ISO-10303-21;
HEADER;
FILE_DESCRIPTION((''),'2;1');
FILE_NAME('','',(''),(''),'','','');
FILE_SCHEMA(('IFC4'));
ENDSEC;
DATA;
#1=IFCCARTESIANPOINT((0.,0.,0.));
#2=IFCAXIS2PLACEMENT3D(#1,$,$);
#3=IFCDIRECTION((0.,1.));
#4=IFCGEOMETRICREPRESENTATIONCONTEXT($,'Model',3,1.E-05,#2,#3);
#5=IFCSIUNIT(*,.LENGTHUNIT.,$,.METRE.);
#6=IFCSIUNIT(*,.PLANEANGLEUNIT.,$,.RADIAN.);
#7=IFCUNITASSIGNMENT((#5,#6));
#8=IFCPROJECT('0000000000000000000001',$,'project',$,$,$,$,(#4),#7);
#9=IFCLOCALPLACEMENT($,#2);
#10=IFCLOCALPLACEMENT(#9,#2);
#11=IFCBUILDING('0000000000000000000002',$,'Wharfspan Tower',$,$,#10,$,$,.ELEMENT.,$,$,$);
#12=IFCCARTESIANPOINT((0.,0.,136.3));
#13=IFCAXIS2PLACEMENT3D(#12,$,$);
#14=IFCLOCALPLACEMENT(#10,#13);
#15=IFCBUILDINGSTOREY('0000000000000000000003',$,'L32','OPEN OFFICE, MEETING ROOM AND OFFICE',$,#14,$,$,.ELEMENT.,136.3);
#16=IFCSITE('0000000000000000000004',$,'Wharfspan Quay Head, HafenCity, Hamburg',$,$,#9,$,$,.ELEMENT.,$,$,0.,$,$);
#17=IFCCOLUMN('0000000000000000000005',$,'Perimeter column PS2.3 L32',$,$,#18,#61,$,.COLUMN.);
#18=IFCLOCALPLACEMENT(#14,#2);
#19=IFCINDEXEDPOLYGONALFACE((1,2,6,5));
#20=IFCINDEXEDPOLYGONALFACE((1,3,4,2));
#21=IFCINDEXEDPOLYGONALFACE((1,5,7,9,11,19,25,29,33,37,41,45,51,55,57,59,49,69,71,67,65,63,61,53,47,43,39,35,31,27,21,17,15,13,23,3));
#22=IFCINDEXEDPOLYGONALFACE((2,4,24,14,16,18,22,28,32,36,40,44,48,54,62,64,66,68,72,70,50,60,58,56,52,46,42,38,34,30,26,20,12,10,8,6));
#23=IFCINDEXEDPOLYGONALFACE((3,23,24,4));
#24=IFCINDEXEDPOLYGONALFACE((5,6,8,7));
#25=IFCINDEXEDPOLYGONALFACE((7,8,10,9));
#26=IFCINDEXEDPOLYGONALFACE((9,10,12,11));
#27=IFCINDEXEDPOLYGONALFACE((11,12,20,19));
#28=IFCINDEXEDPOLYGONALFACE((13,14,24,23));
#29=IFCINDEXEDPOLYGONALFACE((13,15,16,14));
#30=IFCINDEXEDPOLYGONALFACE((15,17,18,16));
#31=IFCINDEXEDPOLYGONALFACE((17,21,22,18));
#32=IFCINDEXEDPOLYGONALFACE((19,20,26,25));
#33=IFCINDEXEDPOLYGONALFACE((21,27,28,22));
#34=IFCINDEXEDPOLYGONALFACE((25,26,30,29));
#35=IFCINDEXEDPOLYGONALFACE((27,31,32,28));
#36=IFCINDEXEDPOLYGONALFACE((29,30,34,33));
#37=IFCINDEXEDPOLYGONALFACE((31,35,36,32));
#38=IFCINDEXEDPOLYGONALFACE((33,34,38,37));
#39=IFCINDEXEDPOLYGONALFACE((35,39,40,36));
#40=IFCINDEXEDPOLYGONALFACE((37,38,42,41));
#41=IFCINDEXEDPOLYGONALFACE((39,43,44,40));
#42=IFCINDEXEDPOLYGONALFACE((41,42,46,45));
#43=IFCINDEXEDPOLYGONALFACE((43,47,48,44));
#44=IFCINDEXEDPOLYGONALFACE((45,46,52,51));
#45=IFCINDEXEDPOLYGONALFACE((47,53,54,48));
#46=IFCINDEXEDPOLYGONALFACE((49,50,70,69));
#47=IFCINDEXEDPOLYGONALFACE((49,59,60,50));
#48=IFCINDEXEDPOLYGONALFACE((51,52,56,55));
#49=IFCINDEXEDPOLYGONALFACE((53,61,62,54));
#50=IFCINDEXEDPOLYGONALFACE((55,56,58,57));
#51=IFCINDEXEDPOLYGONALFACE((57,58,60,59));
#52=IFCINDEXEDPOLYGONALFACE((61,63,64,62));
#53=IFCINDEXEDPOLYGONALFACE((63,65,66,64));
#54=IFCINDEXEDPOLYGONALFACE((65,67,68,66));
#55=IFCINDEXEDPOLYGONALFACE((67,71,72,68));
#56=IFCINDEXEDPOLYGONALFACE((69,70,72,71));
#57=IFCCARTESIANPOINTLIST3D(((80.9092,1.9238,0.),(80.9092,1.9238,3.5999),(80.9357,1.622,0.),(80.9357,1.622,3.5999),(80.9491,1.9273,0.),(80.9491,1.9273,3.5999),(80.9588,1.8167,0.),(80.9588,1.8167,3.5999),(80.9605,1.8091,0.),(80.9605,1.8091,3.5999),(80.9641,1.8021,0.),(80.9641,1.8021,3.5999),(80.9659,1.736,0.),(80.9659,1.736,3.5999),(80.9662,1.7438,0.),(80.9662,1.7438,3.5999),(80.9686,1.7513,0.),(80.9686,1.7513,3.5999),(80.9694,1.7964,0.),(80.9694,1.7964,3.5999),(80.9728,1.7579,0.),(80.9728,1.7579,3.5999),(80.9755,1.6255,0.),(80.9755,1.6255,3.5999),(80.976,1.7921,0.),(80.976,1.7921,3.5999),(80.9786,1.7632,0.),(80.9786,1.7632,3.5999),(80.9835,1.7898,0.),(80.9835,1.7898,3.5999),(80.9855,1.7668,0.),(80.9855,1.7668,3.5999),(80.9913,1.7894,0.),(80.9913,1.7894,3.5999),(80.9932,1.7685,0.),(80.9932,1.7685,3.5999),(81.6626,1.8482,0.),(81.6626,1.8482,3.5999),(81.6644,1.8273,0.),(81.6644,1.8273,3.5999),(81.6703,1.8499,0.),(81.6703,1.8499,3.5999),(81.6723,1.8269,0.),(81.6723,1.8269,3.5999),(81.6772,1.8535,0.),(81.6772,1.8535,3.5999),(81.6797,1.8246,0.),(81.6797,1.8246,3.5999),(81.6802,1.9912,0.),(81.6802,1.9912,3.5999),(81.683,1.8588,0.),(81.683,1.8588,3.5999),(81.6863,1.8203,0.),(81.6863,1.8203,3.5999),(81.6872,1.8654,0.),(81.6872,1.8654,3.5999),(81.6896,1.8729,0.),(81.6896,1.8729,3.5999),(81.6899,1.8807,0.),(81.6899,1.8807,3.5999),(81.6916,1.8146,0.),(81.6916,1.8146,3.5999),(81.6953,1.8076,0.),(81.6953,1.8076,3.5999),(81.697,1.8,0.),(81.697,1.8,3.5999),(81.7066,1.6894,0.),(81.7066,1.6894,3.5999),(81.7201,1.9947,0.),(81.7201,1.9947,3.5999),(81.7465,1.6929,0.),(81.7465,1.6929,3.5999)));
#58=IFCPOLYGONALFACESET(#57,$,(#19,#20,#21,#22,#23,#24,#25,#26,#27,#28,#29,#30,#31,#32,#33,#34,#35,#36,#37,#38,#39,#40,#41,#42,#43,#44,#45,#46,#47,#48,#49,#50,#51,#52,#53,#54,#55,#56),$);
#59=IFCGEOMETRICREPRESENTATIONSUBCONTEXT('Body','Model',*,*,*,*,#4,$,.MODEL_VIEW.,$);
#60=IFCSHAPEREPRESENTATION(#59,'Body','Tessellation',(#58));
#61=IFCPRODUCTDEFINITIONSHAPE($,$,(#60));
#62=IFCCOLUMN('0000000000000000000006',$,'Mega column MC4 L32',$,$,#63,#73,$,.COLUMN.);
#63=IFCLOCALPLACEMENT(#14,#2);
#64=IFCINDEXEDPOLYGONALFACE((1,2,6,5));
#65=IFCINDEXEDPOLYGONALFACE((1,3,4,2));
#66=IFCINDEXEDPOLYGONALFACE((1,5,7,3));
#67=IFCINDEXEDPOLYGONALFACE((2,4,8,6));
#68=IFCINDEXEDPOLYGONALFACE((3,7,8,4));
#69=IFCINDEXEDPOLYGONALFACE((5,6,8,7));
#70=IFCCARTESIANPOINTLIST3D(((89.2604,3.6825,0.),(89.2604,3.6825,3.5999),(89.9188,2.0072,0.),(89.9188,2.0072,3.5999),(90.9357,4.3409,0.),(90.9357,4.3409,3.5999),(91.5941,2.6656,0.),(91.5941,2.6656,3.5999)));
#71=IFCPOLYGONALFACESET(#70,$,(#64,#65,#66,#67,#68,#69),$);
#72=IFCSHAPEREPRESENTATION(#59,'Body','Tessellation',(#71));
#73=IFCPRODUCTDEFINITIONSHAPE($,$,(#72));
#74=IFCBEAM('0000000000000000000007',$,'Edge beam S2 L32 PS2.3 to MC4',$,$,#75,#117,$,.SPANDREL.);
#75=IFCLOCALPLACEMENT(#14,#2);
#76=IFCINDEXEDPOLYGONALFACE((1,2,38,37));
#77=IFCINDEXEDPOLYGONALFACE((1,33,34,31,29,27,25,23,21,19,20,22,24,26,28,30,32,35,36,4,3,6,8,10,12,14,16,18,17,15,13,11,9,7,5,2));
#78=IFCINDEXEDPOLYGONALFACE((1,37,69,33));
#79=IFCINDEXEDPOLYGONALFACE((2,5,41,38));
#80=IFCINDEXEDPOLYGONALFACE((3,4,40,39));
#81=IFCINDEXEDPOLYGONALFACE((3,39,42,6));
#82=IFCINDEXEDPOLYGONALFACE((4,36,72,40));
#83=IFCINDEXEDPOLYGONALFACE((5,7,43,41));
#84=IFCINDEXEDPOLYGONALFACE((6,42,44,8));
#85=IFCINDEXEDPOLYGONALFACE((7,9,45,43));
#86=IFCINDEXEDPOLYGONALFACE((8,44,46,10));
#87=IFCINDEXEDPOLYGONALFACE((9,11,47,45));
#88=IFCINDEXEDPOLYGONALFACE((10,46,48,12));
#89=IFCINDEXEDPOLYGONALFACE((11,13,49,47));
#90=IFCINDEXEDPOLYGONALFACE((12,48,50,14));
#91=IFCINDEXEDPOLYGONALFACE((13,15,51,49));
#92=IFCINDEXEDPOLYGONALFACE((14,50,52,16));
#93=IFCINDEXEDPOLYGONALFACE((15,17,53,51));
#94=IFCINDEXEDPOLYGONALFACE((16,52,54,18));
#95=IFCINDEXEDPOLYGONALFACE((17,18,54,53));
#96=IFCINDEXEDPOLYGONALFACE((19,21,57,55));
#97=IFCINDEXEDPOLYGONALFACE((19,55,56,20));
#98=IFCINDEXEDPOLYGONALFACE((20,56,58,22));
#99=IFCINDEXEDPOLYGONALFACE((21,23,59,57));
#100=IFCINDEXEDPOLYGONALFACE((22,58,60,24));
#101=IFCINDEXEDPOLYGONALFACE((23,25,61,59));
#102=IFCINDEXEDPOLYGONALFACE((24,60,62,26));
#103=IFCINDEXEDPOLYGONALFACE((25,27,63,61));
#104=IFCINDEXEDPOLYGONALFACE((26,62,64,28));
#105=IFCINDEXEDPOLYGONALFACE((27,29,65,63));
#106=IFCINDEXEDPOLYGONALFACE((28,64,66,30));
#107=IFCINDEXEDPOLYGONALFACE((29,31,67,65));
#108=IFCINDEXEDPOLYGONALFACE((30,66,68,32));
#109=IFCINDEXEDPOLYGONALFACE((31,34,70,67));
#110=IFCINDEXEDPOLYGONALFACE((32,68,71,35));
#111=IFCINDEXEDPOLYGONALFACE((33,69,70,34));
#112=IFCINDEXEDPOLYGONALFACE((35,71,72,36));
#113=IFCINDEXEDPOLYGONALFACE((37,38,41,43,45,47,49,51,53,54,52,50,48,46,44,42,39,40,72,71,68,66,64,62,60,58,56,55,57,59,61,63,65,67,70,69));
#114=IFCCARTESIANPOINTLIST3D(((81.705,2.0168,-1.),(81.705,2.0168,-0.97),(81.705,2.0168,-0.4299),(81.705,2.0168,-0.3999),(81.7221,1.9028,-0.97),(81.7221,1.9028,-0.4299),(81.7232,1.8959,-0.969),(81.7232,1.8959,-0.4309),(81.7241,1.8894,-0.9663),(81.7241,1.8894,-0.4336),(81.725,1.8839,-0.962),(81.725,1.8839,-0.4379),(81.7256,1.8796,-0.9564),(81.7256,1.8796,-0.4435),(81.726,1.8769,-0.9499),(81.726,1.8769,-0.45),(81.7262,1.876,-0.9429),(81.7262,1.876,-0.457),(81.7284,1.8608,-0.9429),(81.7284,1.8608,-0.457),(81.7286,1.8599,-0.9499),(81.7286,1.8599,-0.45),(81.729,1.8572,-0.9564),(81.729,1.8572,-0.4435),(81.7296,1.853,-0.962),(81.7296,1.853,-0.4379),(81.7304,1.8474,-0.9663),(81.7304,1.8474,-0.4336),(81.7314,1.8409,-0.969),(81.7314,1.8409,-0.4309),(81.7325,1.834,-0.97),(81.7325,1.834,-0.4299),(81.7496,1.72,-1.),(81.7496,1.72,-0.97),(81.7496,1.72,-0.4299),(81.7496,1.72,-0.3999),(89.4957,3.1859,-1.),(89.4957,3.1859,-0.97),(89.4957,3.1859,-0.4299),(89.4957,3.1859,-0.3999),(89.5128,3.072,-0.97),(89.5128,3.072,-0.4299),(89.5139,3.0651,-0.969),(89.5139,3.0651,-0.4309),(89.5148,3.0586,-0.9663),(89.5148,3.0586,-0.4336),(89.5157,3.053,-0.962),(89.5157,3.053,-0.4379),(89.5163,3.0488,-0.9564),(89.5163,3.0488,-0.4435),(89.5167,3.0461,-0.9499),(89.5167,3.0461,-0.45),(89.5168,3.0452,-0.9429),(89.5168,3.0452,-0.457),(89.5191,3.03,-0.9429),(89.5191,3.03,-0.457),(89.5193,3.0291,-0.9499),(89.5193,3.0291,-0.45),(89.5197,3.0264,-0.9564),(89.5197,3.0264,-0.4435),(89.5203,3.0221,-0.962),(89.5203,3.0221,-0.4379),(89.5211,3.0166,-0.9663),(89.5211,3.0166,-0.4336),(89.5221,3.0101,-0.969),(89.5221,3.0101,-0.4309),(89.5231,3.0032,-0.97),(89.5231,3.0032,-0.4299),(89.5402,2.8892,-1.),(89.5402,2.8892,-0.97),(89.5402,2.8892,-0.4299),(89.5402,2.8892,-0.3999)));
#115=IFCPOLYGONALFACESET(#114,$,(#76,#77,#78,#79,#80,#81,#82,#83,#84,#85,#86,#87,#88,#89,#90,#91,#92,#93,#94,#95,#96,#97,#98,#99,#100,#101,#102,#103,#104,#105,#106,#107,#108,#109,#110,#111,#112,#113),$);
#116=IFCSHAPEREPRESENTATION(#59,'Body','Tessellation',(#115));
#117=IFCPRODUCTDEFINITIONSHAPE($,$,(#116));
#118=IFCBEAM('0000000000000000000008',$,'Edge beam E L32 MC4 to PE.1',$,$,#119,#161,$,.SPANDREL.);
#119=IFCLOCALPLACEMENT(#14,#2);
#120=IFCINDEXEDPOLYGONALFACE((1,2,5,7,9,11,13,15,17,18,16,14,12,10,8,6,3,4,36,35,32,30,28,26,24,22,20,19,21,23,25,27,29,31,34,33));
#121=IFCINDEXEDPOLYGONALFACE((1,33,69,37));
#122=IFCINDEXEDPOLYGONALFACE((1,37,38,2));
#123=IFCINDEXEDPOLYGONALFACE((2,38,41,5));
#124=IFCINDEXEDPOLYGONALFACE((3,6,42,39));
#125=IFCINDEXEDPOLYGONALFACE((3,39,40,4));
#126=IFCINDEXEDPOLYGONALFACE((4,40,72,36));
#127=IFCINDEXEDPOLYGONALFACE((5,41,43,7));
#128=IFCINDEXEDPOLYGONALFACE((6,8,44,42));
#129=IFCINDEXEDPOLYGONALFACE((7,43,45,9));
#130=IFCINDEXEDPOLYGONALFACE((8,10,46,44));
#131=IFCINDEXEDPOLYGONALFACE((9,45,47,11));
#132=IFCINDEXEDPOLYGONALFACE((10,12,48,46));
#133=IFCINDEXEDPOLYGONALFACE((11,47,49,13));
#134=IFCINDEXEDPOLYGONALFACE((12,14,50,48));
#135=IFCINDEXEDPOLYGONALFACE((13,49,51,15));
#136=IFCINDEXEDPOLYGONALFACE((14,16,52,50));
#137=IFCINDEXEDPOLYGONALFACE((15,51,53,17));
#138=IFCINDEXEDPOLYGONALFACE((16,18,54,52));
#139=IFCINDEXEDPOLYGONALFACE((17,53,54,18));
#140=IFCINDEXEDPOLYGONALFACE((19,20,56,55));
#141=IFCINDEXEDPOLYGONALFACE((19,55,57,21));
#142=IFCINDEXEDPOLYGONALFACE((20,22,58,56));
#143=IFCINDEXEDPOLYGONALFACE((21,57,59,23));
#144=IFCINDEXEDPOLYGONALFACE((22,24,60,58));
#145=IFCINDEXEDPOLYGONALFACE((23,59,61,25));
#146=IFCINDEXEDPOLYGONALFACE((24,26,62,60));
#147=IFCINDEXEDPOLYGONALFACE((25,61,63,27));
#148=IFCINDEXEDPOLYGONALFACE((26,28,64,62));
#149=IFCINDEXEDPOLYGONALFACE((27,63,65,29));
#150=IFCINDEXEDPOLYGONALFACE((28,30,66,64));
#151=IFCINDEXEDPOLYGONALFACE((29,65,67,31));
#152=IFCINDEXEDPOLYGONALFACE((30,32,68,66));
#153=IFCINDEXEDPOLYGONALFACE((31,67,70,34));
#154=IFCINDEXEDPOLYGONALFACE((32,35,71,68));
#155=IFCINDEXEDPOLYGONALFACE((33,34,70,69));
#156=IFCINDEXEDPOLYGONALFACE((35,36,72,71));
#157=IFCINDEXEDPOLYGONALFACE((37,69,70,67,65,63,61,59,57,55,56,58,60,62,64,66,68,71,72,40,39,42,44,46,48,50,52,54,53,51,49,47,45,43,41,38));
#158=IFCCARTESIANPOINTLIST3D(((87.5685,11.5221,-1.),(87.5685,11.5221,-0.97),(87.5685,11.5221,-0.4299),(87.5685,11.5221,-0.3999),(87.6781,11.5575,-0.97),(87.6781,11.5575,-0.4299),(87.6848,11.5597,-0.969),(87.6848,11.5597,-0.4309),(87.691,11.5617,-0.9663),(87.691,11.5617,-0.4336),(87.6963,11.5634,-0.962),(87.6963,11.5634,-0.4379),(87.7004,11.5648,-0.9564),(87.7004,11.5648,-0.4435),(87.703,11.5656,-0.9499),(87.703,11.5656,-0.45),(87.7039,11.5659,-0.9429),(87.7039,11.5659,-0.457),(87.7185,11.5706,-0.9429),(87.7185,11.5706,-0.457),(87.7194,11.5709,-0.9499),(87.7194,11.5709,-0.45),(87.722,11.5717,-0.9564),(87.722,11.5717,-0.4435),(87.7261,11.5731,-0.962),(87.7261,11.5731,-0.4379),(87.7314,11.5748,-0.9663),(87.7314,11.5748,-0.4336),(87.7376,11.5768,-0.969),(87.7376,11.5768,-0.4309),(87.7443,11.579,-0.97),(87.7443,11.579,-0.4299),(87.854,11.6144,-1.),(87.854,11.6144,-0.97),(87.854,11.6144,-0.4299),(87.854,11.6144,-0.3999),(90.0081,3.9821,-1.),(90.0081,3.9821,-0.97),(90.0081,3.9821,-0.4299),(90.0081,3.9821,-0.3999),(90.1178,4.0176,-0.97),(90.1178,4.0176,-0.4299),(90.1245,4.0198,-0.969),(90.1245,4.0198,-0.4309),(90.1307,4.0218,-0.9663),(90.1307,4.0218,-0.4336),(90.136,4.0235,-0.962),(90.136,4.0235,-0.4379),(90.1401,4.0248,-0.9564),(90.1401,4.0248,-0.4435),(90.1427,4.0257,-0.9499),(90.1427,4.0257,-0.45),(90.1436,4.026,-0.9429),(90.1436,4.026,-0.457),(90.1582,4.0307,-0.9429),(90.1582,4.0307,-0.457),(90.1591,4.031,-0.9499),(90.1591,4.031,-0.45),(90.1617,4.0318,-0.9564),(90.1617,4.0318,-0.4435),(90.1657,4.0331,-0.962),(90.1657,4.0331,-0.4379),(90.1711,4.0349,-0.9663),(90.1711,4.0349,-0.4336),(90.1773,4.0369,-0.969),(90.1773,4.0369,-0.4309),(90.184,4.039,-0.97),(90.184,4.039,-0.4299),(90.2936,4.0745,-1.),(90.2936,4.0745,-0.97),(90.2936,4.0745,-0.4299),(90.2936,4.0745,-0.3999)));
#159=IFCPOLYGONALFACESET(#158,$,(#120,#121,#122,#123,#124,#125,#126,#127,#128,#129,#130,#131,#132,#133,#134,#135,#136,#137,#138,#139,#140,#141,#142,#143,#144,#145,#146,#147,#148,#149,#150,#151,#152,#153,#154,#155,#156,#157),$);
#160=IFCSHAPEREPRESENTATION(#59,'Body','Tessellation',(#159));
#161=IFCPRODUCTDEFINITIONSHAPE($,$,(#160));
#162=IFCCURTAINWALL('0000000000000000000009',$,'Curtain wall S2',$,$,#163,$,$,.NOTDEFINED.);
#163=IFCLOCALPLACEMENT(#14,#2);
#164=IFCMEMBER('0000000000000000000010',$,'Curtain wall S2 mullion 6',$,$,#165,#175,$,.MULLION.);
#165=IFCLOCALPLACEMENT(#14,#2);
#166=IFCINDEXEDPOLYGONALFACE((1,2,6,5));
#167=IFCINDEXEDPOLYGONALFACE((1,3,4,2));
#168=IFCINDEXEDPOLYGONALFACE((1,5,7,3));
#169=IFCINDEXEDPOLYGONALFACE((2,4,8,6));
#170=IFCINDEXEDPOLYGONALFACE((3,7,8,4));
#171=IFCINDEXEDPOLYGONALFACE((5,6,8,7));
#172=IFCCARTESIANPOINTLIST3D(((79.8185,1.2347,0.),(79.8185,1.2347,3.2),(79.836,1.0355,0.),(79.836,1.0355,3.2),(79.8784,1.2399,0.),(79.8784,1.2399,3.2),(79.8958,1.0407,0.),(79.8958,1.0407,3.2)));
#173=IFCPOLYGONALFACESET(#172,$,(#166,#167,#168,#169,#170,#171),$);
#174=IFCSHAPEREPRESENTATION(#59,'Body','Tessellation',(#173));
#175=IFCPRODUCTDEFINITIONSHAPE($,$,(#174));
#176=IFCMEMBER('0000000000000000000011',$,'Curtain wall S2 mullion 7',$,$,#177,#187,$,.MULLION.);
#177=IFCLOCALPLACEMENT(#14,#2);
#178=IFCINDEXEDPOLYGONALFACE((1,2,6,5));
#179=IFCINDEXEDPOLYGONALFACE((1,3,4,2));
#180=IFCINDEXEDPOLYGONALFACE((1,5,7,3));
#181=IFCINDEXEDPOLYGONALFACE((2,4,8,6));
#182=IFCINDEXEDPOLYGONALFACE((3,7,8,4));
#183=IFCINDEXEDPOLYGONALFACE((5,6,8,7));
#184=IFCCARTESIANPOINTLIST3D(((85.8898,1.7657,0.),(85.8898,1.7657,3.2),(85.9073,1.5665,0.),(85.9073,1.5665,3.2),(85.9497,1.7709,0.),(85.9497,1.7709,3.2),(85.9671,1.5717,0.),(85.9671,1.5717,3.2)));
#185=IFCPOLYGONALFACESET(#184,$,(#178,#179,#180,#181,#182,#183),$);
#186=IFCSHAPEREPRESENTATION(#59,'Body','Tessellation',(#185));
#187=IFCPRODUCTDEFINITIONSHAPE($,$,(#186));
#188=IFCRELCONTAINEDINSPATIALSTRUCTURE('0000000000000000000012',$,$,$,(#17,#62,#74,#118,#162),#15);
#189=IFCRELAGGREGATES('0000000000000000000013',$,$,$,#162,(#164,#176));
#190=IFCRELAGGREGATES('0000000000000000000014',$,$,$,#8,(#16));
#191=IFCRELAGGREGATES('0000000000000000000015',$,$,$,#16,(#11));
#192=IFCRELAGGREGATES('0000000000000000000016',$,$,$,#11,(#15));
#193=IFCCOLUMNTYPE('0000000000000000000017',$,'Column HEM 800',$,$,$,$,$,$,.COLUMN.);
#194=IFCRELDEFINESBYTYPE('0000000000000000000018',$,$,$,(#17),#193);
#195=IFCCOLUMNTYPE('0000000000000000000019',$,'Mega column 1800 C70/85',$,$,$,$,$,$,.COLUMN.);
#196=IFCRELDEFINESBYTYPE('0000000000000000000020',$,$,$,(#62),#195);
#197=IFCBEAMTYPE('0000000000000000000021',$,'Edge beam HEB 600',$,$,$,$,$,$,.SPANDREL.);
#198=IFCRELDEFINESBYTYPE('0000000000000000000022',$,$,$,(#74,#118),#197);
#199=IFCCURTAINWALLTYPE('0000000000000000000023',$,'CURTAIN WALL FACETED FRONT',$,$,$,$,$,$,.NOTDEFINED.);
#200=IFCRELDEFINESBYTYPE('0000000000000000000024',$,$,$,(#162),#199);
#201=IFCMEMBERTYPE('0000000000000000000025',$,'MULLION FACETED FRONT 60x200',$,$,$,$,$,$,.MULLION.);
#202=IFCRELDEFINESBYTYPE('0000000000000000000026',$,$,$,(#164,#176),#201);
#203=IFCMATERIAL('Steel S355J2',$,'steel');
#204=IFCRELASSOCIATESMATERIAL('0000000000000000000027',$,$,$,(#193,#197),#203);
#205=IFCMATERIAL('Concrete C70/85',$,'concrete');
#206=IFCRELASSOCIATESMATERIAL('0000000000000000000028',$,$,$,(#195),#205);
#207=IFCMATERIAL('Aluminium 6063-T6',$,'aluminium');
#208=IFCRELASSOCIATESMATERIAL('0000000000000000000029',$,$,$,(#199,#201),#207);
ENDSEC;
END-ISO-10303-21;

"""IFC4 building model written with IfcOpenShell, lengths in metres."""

from ifc_helpers import new_model, si_unit, direction, frame, origin, origin_2d, place, context, subcontext, project, spatial, rectangle, i_section, extrude, material, material_profile, profile_set, type_object, element, aggregate, save


model = new_model("IFC4")

# Units and contexts
model_context = context("Model", 3, precision=1e-05, world=origin(), true_north=direction((0.0, 1.0)))
body_context = subcontext(model_context, "Body", "Model", "MODEL_VIEW")
ifc_project = project(units=[si_unit("LENGTHUNIT", "METRE"), si_unit("PLANEANGLEUNIT", "RADIAN")], contexts=[model_context])

# Site, building, storey
site_placement = place(None, origin())
site = spatial("IfcSite", under=ifc_project, at=site_placement, Name="Wharfspan Quay Head, HafenCity, Hamburg", CompositionType="ELEMENT", RefElevation=0.0)
building_placement = place(site_placement, origin())
building = spatial("IfcBuilding", under=site, at=building_placement, Name="Wharfspan Tower", CompositionType="ELEMENT")
storey_placement = place(building_placement, frame((0.0, 0.0, 136.3)))
storey = spatial("IfcBuildingStorey", under=building, at=storey_placement, Name="L32", Description="OPEN OFFICE, MEETING ROOM AND OFFICE", CompositionType="ELEMENT", Elevation=136.3)

# Columns
ifc_material_1 = material(Name="Steel S355J2", Category="steel")
ifc_material_profile_1 = material_profile(ifc_material_1, i_section(OverallWidth=0.303, OverallDepth=0.814, WebThickness=0.021, FlangeThickness=0.04, FilletRadius=0.03, at=origin_2d()))
ifc_profile_set_1 = profile_set([ifc_material_profile_1], Name="Steel S355J2")
column_type_1 = type_object("IfcColumnType", Name="Column HEM 800", PredefinedType="COLUMN", material=ifc_profile_set_1)
column_1_placement = place(storey_placement, frame((81.3279, 1.8083, 0.0), z_axis=(0.0, 0.0, 1.0), x_axis=(0.087156, -0.996198, 0.0)))
element("IfcColumn", 1, at=column_1_placement, inside=storey, type_object=column_type_1, Name="Perimeter column PS2.3 L32", PredefinedType="COLUMN", context=body_context, shape_type="SweptSolid", body=[
    extrude(i_section(OverallWidth=0.303, OverallDepth=0.814, WebThickness=0.021, FlangeThickness=0.04, FilletRadius=0.03, at=origin_2d()), origin(), (0.0, 0.0, 1.0), 3.5999),
])
ifc_material_2 = material(Name="Concrete C70/85", Category="concrete")
ifc_material_profile_2 = material_profile(ifc_material_2, rectangle(XDim=1.8, YDim=1.8, at=origin_2d()))
ifc_profile_set_2 = profile_set([ifc_material_profile_2], Name="Concrete C70/85")
column_type_2 = type_object("IfcColumnType", Name="Mega column 1800 C70/85", PredefinedType="COLUMN", material=ifc_profile_set_2)
column_2_placement = place(storey_placement, frame((90.4272, 3.1741, 0.0), z_axis=(0.0, 0.0, 1.0), x_axis=(-0.365778, 0.930702, 0.0)))
element("IfcColumn", 2, at=column_2_placement, inside=storey, type_object=column_type_2, Name="Mega column MC4 L32", PredefinedType="COLUMN", context=body_context, shape_type="SweptSolid", body=[
    extrude(rectangle(XDim=1.8, YDim=1.8, at=origin_2d()), origin(), (0.0, 0.0, 1.0), 3.5999),
])

# Beams
ifc_material_profile_3 = material_profile(ifc_material_1, i_section(OverallWidth=0.3, OverallDepth=0.6001, WebThickness=0.0154, FlangeThickness=0.03, FilletRadius=0.0271, at=origin_2d()))
ifc_profile_set_3 = profile_set([ifc_material_profile_3], Name="Steel S355J2")
beam_type = type_object("IfcBeamType", Name="Edge beam HEB 600", PredefinedType="SPANDREL", material=ifc_profile_set_3)
beam_1_placement = place(storey_placement, frame((81.7273, 1.8684, -0.7), z_axis=(0.988926, 0.148412, 0.0), x_axis=(-0.148412, 0.988926, 0.0)))
element("IfcBeam", 3, at=beam_1_placement, inside=storey, type_object=beam_type, Name="Edge beam S2 L32 PS2.3 to MC4", PredefinedType="SPANDREL", context=body_context, shape_type="SweptSolid", body=[
    extrude(i_section(OverallWidth=0.3, OverallDepth=0.6001, WebThickness=0.0154, FlangeThickness=0.03, FilletRadius=0.0271, at=origin_2d()), origin(), (0.0, 0.0, 1.0), 7.8779),
])
beam_2_placement = place(storey_placement, frame((90.1509, 4.0283, -0.7), z_axis=(-0.307851, 0.951434, 0.0), x_axis=(-0.951434, -0.307851, 0.0)))
element("IfcBeam", 4, at=beam_2_placement, inside=storey, type_object=beam_type, Name="Edge beam E L32 MC4 to PE.1", PredefinedType="SPANDREL", context=body_context, shape_type="SweptSolid", body=[
    extrude(i_section(OverallWidth=0.3, OverallDepth=0.6001, WebThickness=0.0154, FlangeThickness=0.03, FilletRadius=0.0271, at=origin_2d()), origin(), (0.0, 0.0, 1.0), 7.9248),
])

# Curtain wall, members
ifc_material_3 = material(Name="Aluminium 6063-T6", Category="aluminium")
curtain_wall_type_1 = type_object("IfcCurtainWallType", Name="CURTAIN WALL FACETED FRONT", PredefinedType="NOTDEFINED", material=ifc_material_3)
curtain_wall_1_placement = place(storey_placement, origin())
curtain_wall_1 = element("IfcCurtainWall", 5, at=curtain_wall_1_placement, inside=storey, type_object=curtain_wall_type_1, Name="Curtain wall S2", PredefinedType="NOTDEFINED")
ifc_material_profile_4 = material_profile(ifc_material_3, rectangle(XDim=0.2, YDim=0.0601, at=origin_2d()))
ifc_profile_set_4 = profile_set([ifc_material_profile_4], Name="Aluminium 6063-T6")
member_type_1 = type_object("IfcMemberType", Name="MULLION FACETED FRONT 60x200", PredefinedType="MULLION", material=ifc_profile_set_4)
member_1_placement = place(storey_placement, frame((79.8572, 1.1377, 0.0), z_axis=(0.0, 0.0, 1.0), x_axis=(-0.087156, 0.996198, 0.0)))
member_1 = element("IfcMember", 6, at=member_1_placement, type_object=member_type_1, Name="Curtain wall S2 mullion 6", PredefinedType="MULLION", context=body_context, shape_type="SweptSolid", body=[
    extrude(rectangle(XDim=0.2, YDim=0.0601, at=origin_2d()), origin(), (0.0, 0.0, 1.0), 3.2),
])
member_2_placement = place(storey_placement, frame((85.9285, 1.6687, 0.0), z_axis=(0.0, 0.0, 1.0), x_axis=(-0.087156, 0.996198, 0.0)))
member_2 = element("IfcMember", 7, at=member_2_placement, type_object=member_type_1, Name="Curtain wall S2 mullion 7", PredefinedType="MULLION", context=body_context, shape_type="SweptSolid", body=[
    extrude(rectangle(XDim=0.2, YDim=0.0601, at=origin_2d()), origin(), (0.0, 0.0, 1.0), 3.2),
])

aggregate(curtain_wall_1, [member_1, member_2])

save(model, "model.ifc")
